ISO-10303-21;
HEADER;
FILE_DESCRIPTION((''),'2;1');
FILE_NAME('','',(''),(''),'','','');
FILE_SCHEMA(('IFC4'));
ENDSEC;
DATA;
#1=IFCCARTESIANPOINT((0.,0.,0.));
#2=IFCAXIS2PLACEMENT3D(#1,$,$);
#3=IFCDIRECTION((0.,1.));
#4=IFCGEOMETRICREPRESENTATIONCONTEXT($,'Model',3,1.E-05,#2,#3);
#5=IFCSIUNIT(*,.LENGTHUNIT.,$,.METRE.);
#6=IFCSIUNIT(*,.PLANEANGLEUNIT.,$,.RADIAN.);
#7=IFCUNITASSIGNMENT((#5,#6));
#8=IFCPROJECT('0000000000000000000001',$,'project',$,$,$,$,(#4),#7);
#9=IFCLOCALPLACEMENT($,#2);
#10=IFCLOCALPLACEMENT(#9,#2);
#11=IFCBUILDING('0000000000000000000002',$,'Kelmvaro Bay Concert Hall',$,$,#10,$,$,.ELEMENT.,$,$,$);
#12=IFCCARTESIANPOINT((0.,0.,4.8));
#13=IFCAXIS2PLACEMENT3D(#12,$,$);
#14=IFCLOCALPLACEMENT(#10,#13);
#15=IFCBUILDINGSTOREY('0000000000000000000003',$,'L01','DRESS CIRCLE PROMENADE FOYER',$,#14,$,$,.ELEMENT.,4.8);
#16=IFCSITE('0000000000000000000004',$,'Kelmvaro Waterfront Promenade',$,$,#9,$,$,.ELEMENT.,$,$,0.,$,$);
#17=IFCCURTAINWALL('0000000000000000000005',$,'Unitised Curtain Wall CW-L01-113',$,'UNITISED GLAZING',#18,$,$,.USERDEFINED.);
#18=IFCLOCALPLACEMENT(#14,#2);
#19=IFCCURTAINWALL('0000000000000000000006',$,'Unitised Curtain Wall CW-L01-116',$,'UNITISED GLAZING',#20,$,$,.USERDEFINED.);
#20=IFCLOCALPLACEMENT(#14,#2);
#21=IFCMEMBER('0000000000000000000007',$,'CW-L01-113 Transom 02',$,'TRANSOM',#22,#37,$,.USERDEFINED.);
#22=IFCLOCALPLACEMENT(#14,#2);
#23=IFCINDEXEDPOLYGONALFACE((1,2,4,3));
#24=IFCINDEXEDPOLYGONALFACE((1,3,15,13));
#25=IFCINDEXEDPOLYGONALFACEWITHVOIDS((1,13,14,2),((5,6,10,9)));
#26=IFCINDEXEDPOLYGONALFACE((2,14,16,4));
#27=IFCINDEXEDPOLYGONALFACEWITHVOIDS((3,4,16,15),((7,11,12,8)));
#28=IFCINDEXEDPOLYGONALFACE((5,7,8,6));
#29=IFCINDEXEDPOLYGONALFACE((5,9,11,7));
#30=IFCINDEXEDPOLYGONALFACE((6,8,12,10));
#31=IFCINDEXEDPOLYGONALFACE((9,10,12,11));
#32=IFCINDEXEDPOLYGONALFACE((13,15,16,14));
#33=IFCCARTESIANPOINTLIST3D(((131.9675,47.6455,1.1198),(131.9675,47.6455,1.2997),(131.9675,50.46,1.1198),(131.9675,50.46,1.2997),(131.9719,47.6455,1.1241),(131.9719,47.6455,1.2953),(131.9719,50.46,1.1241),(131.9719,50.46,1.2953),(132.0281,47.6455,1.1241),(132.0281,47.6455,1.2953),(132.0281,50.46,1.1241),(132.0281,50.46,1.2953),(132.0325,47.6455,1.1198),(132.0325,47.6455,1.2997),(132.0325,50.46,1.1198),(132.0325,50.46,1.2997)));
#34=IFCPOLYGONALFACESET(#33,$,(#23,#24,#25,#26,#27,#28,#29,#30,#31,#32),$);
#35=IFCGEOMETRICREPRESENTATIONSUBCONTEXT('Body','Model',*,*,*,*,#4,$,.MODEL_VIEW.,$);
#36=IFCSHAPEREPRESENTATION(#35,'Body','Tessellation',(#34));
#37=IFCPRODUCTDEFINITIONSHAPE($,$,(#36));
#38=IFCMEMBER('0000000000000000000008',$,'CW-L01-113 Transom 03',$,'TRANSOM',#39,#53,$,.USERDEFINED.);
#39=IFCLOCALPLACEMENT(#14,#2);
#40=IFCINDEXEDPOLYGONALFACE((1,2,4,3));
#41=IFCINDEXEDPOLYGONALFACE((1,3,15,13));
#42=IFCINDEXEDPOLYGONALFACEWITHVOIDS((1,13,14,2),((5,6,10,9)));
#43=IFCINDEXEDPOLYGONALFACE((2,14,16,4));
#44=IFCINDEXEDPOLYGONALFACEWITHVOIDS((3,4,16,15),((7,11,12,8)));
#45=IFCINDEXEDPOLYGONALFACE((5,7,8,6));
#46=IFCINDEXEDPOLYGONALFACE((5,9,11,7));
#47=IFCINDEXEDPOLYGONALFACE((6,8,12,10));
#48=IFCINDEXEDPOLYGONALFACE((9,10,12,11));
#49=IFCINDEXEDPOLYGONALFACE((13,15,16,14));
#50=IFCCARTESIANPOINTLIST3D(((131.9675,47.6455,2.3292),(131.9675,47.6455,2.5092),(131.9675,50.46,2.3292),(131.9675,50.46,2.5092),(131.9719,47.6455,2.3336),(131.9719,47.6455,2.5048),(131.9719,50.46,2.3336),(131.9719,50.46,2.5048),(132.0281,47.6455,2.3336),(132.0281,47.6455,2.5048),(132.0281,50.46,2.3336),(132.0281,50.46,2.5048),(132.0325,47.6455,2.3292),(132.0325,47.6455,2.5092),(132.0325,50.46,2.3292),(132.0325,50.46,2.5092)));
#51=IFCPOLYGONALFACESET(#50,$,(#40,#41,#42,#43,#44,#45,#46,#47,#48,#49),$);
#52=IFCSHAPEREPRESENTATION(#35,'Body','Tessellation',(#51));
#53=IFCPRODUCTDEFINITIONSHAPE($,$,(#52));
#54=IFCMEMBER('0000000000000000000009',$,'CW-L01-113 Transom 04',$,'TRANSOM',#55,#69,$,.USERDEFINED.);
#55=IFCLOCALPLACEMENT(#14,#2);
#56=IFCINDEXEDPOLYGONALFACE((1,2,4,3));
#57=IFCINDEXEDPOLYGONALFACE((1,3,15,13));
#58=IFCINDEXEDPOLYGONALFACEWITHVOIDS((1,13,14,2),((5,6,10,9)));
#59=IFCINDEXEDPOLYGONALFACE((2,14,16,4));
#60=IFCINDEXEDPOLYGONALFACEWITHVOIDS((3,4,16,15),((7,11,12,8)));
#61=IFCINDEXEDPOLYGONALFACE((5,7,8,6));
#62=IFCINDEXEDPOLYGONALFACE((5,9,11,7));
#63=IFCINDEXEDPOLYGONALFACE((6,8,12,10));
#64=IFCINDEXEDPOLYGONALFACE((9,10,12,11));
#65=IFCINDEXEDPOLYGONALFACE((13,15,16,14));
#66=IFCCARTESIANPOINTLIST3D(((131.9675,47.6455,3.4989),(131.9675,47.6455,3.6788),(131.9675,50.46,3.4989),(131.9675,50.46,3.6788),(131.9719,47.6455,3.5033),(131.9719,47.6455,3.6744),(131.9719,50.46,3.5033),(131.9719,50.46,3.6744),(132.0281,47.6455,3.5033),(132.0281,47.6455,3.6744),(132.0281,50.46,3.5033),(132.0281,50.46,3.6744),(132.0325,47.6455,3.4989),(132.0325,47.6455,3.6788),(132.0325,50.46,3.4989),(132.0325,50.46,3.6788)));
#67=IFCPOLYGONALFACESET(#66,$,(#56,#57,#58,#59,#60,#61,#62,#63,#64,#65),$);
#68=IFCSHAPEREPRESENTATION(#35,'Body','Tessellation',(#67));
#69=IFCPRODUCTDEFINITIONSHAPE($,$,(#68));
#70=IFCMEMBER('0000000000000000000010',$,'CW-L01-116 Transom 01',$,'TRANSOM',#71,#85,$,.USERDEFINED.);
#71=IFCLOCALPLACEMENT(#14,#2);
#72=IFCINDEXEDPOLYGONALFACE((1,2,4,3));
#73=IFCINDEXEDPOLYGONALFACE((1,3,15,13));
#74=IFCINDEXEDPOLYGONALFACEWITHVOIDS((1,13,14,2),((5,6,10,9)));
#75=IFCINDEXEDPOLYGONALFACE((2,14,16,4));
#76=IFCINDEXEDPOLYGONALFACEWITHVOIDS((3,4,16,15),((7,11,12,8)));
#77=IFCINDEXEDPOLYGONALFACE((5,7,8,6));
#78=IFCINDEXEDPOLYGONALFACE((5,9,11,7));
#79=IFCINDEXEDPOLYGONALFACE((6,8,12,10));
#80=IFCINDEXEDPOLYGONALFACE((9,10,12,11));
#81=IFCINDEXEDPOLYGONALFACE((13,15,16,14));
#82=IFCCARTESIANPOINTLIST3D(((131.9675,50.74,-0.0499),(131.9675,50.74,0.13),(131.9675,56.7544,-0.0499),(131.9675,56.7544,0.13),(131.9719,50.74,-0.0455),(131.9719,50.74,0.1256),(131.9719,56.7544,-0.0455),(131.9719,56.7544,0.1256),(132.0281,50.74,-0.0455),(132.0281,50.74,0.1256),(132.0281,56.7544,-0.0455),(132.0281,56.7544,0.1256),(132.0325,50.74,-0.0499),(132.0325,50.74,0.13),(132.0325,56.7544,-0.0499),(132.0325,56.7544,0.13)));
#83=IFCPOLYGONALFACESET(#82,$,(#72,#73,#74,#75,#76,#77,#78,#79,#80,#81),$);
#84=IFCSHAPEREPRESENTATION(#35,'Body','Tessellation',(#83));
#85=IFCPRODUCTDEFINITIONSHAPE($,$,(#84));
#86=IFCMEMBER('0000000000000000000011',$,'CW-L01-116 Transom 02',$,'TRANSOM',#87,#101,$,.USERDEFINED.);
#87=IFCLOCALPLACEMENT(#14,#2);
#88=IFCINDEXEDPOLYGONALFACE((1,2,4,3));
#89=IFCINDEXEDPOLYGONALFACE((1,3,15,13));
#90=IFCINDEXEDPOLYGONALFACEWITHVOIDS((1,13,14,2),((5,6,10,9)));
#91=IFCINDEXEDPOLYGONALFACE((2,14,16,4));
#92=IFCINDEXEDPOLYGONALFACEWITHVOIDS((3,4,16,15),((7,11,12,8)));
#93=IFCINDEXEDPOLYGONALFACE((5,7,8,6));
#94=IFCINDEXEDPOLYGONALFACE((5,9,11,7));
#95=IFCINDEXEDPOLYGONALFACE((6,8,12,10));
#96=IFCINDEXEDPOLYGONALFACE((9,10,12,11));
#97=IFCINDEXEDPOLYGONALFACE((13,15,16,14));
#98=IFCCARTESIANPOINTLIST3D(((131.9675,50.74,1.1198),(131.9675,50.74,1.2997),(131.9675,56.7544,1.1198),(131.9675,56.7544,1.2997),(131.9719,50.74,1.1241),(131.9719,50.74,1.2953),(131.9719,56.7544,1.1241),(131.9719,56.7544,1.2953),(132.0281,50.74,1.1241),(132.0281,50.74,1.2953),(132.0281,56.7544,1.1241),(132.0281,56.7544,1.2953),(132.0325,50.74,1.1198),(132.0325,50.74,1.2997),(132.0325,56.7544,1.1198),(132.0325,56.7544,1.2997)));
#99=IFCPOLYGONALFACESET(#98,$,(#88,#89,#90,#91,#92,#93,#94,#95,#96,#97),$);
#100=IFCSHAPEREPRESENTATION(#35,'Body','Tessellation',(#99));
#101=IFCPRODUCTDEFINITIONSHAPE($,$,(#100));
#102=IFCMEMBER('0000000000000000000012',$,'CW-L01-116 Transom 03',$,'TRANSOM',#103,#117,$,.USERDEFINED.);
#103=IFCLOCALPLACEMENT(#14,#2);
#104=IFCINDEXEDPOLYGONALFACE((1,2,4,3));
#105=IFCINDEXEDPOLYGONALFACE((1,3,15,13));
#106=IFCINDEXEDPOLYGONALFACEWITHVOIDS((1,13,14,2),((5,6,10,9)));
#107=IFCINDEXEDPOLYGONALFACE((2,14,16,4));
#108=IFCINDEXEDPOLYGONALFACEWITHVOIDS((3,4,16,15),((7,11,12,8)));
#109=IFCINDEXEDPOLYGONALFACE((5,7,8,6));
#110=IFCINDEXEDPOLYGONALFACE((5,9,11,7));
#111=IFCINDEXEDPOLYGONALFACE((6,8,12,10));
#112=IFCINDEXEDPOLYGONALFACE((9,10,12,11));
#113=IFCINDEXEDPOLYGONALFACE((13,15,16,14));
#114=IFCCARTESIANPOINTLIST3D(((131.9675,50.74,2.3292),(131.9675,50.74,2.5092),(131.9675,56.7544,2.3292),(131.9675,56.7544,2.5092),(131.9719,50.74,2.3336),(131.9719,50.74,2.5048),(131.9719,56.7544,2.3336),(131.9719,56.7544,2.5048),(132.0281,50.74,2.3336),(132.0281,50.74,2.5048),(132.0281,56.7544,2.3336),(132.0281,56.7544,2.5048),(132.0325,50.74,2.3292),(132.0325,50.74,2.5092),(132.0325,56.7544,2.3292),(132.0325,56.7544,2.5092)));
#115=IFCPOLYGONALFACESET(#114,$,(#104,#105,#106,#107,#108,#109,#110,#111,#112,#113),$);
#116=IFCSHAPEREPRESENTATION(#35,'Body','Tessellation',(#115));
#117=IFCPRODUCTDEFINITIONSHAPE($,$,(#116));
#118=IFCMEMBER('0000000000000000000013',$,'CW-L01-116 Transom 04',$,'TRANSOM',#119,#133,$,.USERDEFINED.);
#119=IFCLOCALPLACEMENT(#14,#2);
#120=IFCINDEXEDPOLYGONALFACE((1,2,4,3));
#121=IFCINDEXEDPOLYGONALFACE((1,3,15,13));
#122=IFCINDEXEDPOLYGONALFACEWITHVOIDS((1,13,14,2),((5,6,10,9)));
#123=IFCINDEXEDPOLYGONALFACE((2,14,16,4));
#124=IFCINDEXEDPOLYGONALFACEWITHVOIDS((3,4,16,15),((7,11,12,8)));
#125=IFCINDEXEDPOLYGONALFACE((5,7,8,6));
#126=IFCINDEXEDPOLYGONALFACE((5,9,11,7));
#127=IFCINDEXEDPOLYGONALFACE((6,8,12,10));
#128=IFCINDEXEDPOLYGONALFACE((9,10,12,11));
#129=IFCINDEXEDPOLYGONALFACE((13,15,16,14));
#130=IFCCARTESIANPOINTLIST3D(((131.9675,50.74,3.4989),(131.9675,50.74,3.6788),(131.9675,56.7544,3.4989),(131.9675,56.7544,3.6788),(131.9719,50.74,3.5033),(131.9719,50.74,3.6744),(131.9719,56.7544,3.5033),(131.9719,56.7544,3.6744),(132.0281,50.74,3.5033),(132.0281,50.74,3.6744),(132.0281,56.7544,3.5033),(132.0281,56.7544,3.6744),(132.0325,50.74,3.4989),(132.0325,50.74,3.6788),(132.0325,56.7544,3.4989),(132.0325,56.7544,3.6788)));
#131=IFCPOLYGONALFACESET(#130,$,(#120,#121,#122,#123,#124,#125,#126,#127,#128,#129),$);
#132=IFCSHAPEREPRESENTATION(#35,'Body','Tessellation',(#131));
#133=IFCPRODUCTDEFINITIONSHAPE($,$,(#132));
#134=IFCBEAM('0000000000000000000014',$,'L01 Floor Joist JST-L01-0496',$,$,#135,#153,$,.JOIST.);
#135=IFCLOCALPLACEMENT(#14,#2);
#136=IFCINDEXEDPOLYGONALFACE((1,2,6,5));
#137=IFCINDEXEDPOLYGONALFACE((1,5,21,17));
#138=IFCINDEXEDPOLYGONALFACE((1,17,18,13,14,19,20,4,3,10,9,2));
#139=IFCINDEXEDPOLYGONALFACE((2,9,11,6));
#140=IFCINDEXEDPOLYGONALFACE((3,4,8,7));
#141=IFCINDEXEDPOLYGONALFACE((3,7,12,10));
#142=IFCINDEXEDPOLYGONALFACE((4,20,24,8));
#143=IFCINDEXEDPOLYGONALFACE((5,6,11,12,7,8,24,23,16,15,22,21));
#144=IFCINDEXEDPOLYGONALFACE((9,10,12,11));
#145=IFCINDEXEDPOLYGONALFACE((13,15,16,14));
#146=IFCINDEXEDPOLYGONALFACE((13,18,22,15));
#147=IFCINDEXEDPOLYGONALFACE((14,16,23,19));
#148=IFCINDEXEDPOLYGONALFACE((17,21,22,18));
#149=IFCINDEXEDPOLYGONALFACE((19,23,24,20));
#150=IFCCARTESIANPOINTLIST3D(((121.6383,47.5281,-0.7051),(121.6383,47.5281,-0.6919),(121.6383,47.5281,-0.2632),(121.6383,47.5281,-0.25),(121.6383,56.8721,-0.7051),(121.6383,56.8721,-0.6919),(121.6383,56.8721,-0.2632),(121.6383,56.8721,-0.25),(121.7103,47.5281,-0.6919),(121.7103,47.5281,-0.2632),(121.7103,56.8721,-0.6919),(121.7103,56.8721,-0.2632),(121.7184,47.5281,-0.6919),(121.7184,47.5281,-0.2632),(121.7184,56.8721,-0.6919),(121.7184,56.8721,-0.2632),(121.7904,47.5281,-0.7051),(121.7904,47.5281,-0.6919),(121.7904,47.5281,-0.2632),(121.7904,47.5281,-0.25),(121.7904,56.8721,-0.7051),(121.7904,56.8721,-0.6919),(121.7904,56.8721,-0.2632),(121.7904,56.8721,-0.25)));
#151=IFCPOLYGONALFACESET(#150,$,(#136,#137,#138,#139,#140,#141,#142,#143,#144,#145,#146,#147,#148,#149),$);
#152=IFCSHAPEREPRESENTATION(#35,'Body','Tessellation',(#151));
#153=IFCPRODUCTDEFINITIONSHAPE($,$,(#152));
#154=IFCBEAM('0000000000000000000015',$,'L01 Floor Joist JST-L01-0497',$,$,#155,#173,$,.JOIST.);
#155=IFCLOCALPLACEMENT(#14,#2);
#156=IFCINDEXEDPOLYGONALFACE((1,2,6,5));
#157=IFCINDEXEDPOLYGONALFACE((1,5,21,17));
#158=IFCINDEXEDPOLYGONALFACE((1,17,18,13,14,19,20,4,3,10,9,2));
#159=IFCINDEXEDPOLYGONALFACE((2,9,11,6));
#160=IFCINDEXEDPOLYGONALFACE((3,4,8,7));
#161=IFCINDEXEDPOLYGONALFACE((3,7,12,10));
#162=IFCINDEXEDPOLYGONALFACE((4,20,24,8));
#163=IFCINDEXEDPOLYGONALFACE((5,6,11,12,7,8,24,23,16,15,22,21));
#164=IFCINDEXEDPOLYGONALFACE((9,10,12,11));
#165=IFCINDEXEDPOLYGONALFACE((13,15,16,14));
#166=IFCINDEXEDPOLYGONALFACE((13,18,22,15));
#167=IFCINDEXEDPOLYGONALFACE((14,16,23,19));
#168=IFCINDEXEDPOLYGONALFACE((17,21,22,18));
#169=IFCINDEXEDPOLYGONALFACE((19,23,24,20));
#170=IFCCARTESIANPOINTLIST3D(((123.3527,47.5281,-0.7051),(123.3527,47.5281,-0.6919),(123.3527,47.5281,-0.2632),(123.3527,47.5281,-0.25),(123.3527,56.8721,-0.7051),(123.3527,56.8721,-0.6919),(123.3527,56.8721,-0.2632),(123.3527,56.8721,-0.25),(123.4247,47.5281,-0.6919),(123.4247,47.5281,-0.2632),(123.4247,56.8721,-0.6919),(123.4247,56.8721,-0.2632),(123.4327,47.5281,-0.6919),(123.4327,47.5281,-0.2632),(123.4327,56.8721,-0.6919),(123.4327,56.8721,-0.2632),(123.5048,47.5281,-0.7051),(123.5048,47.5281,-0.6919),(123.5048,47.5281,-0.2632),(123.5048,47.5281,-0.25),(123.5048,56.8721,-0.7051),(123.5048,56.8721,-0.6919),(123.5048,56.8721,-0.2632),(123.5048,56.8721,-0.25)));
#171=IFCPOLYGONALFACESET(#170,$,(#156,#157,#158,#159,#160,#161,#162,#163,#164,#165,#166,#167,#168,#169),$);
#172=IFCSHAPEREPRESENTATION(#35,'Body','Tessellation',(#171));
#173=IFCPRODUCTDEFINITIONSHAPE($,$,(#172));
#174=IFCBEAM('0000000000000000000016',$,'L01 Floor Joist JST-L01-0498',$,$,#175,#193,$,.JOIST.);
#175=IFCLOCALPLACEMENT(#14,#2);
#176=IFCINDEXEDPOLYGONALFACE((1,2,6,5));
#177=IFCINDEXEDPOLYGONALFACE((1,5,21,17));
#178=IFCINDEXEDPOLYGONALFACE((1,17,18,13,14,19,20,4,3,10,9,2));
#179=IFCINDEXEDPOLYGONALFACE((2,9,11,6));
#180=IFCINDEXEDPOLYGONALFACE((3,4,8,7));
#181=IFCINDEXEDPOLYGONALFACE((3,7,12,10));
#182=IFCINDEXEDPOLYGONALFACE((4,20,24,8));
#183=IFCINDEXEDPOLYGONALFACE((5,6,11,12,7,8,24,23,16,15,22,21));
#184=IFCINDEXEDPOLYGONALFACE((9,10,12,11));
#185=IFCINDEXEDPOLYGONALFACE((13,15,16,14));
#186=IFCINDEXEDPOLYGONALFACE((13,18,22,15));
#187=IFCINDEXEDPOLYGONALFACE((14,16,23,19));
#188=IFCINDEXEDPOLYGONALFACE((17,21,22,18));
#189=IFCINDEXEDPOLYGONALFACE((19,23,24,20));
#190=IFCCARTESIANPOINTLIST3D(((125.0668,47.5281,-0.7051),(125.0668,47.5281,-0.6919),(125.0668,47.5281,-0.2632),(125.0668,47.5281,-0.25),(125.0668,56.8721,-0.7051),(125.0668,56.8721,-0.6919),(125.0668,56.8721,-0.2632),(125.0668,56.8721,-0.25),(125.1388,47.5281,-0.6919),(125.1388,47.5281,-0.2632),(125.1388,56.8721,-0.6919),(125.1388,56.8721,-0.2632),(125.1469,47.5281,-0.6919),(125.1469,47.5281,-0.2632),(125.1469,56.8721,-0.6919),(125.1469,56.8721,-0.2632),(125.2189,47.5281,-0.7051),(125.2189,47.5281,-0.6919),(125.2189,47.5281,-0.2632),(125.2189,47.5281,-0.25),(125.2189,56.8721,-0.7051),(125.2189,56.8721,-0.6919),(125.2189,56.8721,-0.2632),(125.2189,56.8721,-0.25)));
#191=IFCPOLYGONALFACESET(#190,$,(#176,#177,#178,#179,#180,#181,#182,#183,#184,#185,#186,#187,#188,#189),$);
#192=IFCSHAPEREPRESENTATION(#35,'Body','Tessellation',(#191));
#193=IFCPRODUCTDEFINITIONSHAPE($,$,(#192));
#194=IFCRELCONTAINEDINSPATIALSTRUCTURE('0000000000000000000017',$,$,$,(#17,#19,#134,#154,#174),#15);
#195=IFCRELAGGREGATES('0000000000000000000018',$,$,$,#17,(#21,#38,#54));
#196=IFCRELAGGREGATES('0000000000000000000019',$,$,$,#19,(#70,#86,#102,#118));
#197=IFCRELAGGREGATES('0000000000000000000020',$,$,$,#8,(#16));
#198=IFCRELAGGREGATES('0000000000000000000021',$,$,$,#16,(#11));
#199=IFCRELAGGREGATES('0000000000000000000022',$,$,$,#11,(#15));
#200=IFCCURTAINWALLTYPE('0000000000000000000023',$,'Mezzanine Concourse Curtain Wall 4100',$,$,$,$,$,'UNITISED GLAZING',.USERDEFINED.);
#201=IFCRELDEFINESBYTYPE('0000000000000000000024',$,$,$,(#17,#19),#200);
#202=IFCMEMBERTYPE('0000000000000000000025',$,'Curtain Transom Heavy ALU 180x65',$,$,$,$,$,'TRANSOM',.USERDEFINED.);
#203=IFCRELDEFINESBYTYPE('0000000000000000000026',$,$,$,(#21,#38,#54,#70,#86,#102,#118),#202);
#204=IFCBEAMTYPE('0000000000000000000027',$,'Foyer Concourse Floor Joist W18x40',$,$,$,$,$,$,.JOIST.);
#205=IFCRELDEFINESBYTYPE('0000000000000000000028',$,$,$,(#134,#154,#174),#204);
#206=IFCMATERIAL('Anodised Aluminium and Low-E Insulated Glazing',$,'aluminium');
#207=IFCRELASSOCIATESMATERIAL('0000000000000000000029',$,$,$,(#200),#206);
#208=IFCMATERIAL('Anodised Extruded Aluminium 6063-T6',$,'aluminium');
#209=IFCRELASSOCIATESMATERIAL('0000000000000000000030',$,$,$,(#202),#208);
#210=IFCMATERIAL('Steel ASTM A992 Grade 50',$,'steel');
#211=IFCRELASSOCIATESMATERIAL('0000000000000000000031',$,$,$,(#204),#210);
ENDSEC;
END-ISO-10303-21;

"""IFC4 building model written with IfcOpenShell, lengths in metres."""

from ifc_helpers import new_model, si_unit, direction, frame, origin, origin_2d, place, context, subcontext, project, spatial, hollow_rectangle, i_section, extrude, material, material_profile, profile_set, type_object, element, aggregate, save


model = new_model("IFC4")

# Units and contexts
model_context = context("Model", 3, precision=1e-05, world=origin(), true_north=direction((0.0, 1.0)))
body_context = subcontext(model_context, "Body", "Model", "MODEL_VIEW")
ifc_project = project(units=[si_unit("LENGTHUNIT", "METRE"), si_unit("PLANEANGLEUNIT", "RADIAN")], contexts=[model_context])

# Site, building, storey
site_placement = place(None, origin())
site = spatial("IfcSite", under=ifc_project, at=site_placement, Name="Kelmvaro Waterfront Promenade", CompositionType="ELEMENT", RefElevation=0.0)
building_placement = place(site_placement, origin())
building = spatial("IfcBuilding", under=site, at=building_placement, Name="Kelmvaro Bay Concert Hall", CompositionType="ELEMENT")
storey_placement = place(building_placement, frame((0.0, 0.0, 4.8)))
storey = spatial("IfcBuildingStorey", under=building, at=storey_placement, Name="L01", Description="DRESS CIRCLE PROMENADE FOYER", CompositionType="ELEMENT", Elevation=4.8)

# Curtain walls
ifc_material_1 = material(Name="Anodised Aluminium and Low-E Insulated Glazing", Category="aluminium")
curtain_wall_type = type_object("IfcCurtainWallType", Name="Mezzanine Concourse Curtain Wall 4100", ElementType="UNITISED GLAZING", PredefinedType="USERDEFINED", material=ifc_material_1)
curtain_wall_1_placement = place(storey_placement, origin())
curtain_wall_1 = element("IfcCurtainWall", 1, at=curtain_wall_1_placement, inside=storey, type_object=curtain_wall_type, Name="Unitised Curtain Wall CW-L01-113", ObjectType="UNITISED GLAZING", PredefinedType="USERDEFINED")
curtain_wall_2_placement = place(storey_placement, origin())
curtain_wall_2 = element("IfcCurtainWall", 2, at=curtain_wall_2_placement, inside=storey, type_object=curtain_wall_type, Name="Unitised Curtain Wall CW-L01-116", ObjectType="UNITISED GLAZING", PredefinedType="USERDEFINED")

# Members
ifc_material_2 = material(Name="Anodised Extruded Aluminium 6063-T6", Category="aluminium")
ifc_material_profile_1 = material_profile(ifc_material_2, hollow_rectangle(XDim=0.0649, YDim=0.1799, WallThickness=0.0044, at=origin_2d()), Name="ALU-TRN-180X65")
ifc_profile_set_1 = profile_set([ifc_material_profile_1], Name="Anodised Extruded Aluminium 6063-T6")
member_type_1 = type_object("IfcMemberType", Name="Curtain Transom Heavy ALU 180x65", ElementType="TRANSOM", PredefinedType="USERDEFINED", material=ifc_profile_set_1)
member_1_placement = place(storey_placement, frame((132.0, 50.46, 1.2097), z_axis=(0.0, -1.0, 0.0), x_axis=(1.0, 0.0, 0.0)))
member_1 = element("IfcMember", 3, at=member_1_placement, type_object=member_type_1, Name="CW-L01-113 Transom 02", ObjectType="TRANSOM", PredefinedType="USERDEFINED", context=body_context, shape_type="SweptSolid", body=[
    extrude(hollow_rectangle(XDim=0.0649, YDim=0.1799, WallThickness=0.0044, at=origin_2d()), origin(), (0.0, 0.0, 1.0), 2.8145),
])
member_2_placement = place(storey_placement, frame((132.0, 50.46, 2.4192), z_axis=(0.0, -1.0, 0.0), x_axis=(1.0, 0.0, 0.0)))
member_2 = element("IfcMember", 4, at=member_2_placement, type_object=member_type_1, Name="CW-L01-113 Transom 03", ObjectType="TRANSOM", PredefinedType="USERDEFINED", context=body_context, shape_type="SweptSolid", body=[
    extrude(hollow_rectangle(XDim=0.0649, YDim=0.1799, WallThickness=0.0044, at=origin_2d()), origin(), (0.0, 0.0, 1.0), 2.8145),
])
member_3_placement = place(storey_placement, frame((132.0, 50.46, 3.5889), z_axis=(0.0, -1.0, 0.0), x_axis=(1.0, 0.0, 0.0)))
member_3 = element("IfcMember", 5, at=member_3_placement, type_object=member_type_1, Name="CW-L01-113 Transom 04", ObjectType="TRANSOM", PredefinedType="USERDEFINED", context=body_context, shape_type="SweptSolid", body=[
    extrude(hollow_rectangle(XDim=0.0649, YDim=0.1799, WallThickness=0.0044, at=origin_2d()), origin(), (0.0, 0.0, 1.0), 2.8145),
])
member_4_placement = place(storey_placement, frame((132.0, 56.7544, 0.04), z_axis=(0.0, -1.0, 0.0), x_axis=(1.0, 0.0, 0.0)))
member_4 = element("IfcMember", 6, at=member_4_placement, type_object=member_type_1, Name="CW-L01-116 Transom 01", ObjectType="TRANSOM", PredefinedType="USERDEFINED", context=body_context, shape_type="SweptSolid", body=[
    extrude(hollow_rectangle(XDim=0.0649, YDim=0.1799, WallThickness=0.0044, at=origin_2d()), origin(), (0.0, 0.0, 1.0), 6.0144),
])
member_5_placement = place(storey_placement, frame((132.0, 56.7544, 1.2097), z_axis=(0.0, -1.0, 0.0), x_axis=(1.0, 0.0, 0.0)))
member_5 = element("IfcMember", 7, at=member_5_placement, type_object=member_type_1, Name="CW-L01-116 Transom 02", ObjectType="TRANSOM", PredefinedType="USERDEFINED", context=body_context, shape_type="SweptSolid", body=[
    extrude(hollow_rectangle(XDim=0.0649, YDim=0.1799, WallThickness=0.0044, at=origin_2d()), origin(), (0.0, 0.0, 1.0), 6.0144),
])
member_6_placement = place(storey_placement, frame((132.0, 56.7544, 2.4192), z_axis=(0.0, -1.0, 0.0), x_axis=(1.0, 0.0, 0.0)))
member_6 = element("IfcMember", 8, at=member_6_placement, type_object=member_type_1, Name="CW-L01-116 Transom 03", ObjectType="TRANSOM", PredefinedType="USERDEFINED", context=body_context, shape_type="SweptSolid", body=[
    extrude(hollow_rectangle(XDim=0.0649, YDim=0.1799, WallThickness=0.0044, at=origin_2d()), origin(), (0.0, 0.0, 1.0), 6.0144),
])
member_7_placement = place(storey_placement, frame((132.0, 56.7544, 3.5889), z_axis=(0.0, -1.0, 0.0), x_axis=(1.0, 0.0, 0.0)))
member_7 = element("IfcMember", 9, at=member_7_placement, type_object=member_type_1, Name="CW-L01-116 Transom 04", ObjectType="TRANSOM", PredefinedType="USERDEFINED", context=body_context, shape_type="SweptSolid", body=[
    extrude(hollow_rectangle(XDim=0.0649, YDim=0.1799, WallThickness=0.0044, at=origin_2d()), origin(), (0.0, 0.0, 1.0), 6.0144),
])

# Beams
ifc_material_3 = material(Name="Steel ASTM A992 Grade 50", Category="steel")
ifc_material_profile_2 = material_profile(ifc_material_3, i_section(OverallWidth=0.1521, OverallDepth=0.4551, WebThickness=0.0081, FlangeThickness=0.0132, at=origin_2d()), Name="W18X40")
ifc_profile_set_2 = profile_set([ifc_material_profile_2], Name="Steel ASTM A992 Grade 50")
beam_type_1 = type_object("IfcBeamType", Name="Foyer Concourse Floor Joist W18x40", PredefinedType="JOIST", material=ifc_profile_set_2)
for number, where, z_axis, x_axis, name in (
    (10, (121.7144, 47.5281, -0.4775), (0.0, 1.0, 0.0), (-1.0, 0.0, 0.0), "L01 Floor Joist JST-L01-0496"),
    (11, (123.4287, 47.5281, -0.4775), (0.0, 1.0, 0.0), (-1.0, 0.0, 0.0), "L01 Floor Joist JST-L01-0497"),
    (12, (125.1428, 47.5281, -0.4775), (0.0, 1.0, 0.0), (-1.0, 0.0, 0.0), "L01 Floor Joist JST-L01-0498"),
):
    element("IfcBeam", number, at=place(storey_placement, frame(where, z_axis=z_axis, x_axis=x_axis)), inside=storey, type_object=beam_type_1, Name=name, PredefinedType="JOIST", context=body_context, shape_type="SweptSolid", body=[
        extrude(i_section(OverallWidth=0.1521, OverallDepth=0.4551, WebThickness=0.0081, FlangeThickness=0.0132, at=origin_2d()), origin(), (0.0, 0.0, 1.0), 9.344),
    ])

aggregate(curtain_wall_1, [member_1, member_2, member_3])
aggregate(curtain_wall_2, [member_4, member_5, member_6, member_7])

save(model, "model.ifc")
